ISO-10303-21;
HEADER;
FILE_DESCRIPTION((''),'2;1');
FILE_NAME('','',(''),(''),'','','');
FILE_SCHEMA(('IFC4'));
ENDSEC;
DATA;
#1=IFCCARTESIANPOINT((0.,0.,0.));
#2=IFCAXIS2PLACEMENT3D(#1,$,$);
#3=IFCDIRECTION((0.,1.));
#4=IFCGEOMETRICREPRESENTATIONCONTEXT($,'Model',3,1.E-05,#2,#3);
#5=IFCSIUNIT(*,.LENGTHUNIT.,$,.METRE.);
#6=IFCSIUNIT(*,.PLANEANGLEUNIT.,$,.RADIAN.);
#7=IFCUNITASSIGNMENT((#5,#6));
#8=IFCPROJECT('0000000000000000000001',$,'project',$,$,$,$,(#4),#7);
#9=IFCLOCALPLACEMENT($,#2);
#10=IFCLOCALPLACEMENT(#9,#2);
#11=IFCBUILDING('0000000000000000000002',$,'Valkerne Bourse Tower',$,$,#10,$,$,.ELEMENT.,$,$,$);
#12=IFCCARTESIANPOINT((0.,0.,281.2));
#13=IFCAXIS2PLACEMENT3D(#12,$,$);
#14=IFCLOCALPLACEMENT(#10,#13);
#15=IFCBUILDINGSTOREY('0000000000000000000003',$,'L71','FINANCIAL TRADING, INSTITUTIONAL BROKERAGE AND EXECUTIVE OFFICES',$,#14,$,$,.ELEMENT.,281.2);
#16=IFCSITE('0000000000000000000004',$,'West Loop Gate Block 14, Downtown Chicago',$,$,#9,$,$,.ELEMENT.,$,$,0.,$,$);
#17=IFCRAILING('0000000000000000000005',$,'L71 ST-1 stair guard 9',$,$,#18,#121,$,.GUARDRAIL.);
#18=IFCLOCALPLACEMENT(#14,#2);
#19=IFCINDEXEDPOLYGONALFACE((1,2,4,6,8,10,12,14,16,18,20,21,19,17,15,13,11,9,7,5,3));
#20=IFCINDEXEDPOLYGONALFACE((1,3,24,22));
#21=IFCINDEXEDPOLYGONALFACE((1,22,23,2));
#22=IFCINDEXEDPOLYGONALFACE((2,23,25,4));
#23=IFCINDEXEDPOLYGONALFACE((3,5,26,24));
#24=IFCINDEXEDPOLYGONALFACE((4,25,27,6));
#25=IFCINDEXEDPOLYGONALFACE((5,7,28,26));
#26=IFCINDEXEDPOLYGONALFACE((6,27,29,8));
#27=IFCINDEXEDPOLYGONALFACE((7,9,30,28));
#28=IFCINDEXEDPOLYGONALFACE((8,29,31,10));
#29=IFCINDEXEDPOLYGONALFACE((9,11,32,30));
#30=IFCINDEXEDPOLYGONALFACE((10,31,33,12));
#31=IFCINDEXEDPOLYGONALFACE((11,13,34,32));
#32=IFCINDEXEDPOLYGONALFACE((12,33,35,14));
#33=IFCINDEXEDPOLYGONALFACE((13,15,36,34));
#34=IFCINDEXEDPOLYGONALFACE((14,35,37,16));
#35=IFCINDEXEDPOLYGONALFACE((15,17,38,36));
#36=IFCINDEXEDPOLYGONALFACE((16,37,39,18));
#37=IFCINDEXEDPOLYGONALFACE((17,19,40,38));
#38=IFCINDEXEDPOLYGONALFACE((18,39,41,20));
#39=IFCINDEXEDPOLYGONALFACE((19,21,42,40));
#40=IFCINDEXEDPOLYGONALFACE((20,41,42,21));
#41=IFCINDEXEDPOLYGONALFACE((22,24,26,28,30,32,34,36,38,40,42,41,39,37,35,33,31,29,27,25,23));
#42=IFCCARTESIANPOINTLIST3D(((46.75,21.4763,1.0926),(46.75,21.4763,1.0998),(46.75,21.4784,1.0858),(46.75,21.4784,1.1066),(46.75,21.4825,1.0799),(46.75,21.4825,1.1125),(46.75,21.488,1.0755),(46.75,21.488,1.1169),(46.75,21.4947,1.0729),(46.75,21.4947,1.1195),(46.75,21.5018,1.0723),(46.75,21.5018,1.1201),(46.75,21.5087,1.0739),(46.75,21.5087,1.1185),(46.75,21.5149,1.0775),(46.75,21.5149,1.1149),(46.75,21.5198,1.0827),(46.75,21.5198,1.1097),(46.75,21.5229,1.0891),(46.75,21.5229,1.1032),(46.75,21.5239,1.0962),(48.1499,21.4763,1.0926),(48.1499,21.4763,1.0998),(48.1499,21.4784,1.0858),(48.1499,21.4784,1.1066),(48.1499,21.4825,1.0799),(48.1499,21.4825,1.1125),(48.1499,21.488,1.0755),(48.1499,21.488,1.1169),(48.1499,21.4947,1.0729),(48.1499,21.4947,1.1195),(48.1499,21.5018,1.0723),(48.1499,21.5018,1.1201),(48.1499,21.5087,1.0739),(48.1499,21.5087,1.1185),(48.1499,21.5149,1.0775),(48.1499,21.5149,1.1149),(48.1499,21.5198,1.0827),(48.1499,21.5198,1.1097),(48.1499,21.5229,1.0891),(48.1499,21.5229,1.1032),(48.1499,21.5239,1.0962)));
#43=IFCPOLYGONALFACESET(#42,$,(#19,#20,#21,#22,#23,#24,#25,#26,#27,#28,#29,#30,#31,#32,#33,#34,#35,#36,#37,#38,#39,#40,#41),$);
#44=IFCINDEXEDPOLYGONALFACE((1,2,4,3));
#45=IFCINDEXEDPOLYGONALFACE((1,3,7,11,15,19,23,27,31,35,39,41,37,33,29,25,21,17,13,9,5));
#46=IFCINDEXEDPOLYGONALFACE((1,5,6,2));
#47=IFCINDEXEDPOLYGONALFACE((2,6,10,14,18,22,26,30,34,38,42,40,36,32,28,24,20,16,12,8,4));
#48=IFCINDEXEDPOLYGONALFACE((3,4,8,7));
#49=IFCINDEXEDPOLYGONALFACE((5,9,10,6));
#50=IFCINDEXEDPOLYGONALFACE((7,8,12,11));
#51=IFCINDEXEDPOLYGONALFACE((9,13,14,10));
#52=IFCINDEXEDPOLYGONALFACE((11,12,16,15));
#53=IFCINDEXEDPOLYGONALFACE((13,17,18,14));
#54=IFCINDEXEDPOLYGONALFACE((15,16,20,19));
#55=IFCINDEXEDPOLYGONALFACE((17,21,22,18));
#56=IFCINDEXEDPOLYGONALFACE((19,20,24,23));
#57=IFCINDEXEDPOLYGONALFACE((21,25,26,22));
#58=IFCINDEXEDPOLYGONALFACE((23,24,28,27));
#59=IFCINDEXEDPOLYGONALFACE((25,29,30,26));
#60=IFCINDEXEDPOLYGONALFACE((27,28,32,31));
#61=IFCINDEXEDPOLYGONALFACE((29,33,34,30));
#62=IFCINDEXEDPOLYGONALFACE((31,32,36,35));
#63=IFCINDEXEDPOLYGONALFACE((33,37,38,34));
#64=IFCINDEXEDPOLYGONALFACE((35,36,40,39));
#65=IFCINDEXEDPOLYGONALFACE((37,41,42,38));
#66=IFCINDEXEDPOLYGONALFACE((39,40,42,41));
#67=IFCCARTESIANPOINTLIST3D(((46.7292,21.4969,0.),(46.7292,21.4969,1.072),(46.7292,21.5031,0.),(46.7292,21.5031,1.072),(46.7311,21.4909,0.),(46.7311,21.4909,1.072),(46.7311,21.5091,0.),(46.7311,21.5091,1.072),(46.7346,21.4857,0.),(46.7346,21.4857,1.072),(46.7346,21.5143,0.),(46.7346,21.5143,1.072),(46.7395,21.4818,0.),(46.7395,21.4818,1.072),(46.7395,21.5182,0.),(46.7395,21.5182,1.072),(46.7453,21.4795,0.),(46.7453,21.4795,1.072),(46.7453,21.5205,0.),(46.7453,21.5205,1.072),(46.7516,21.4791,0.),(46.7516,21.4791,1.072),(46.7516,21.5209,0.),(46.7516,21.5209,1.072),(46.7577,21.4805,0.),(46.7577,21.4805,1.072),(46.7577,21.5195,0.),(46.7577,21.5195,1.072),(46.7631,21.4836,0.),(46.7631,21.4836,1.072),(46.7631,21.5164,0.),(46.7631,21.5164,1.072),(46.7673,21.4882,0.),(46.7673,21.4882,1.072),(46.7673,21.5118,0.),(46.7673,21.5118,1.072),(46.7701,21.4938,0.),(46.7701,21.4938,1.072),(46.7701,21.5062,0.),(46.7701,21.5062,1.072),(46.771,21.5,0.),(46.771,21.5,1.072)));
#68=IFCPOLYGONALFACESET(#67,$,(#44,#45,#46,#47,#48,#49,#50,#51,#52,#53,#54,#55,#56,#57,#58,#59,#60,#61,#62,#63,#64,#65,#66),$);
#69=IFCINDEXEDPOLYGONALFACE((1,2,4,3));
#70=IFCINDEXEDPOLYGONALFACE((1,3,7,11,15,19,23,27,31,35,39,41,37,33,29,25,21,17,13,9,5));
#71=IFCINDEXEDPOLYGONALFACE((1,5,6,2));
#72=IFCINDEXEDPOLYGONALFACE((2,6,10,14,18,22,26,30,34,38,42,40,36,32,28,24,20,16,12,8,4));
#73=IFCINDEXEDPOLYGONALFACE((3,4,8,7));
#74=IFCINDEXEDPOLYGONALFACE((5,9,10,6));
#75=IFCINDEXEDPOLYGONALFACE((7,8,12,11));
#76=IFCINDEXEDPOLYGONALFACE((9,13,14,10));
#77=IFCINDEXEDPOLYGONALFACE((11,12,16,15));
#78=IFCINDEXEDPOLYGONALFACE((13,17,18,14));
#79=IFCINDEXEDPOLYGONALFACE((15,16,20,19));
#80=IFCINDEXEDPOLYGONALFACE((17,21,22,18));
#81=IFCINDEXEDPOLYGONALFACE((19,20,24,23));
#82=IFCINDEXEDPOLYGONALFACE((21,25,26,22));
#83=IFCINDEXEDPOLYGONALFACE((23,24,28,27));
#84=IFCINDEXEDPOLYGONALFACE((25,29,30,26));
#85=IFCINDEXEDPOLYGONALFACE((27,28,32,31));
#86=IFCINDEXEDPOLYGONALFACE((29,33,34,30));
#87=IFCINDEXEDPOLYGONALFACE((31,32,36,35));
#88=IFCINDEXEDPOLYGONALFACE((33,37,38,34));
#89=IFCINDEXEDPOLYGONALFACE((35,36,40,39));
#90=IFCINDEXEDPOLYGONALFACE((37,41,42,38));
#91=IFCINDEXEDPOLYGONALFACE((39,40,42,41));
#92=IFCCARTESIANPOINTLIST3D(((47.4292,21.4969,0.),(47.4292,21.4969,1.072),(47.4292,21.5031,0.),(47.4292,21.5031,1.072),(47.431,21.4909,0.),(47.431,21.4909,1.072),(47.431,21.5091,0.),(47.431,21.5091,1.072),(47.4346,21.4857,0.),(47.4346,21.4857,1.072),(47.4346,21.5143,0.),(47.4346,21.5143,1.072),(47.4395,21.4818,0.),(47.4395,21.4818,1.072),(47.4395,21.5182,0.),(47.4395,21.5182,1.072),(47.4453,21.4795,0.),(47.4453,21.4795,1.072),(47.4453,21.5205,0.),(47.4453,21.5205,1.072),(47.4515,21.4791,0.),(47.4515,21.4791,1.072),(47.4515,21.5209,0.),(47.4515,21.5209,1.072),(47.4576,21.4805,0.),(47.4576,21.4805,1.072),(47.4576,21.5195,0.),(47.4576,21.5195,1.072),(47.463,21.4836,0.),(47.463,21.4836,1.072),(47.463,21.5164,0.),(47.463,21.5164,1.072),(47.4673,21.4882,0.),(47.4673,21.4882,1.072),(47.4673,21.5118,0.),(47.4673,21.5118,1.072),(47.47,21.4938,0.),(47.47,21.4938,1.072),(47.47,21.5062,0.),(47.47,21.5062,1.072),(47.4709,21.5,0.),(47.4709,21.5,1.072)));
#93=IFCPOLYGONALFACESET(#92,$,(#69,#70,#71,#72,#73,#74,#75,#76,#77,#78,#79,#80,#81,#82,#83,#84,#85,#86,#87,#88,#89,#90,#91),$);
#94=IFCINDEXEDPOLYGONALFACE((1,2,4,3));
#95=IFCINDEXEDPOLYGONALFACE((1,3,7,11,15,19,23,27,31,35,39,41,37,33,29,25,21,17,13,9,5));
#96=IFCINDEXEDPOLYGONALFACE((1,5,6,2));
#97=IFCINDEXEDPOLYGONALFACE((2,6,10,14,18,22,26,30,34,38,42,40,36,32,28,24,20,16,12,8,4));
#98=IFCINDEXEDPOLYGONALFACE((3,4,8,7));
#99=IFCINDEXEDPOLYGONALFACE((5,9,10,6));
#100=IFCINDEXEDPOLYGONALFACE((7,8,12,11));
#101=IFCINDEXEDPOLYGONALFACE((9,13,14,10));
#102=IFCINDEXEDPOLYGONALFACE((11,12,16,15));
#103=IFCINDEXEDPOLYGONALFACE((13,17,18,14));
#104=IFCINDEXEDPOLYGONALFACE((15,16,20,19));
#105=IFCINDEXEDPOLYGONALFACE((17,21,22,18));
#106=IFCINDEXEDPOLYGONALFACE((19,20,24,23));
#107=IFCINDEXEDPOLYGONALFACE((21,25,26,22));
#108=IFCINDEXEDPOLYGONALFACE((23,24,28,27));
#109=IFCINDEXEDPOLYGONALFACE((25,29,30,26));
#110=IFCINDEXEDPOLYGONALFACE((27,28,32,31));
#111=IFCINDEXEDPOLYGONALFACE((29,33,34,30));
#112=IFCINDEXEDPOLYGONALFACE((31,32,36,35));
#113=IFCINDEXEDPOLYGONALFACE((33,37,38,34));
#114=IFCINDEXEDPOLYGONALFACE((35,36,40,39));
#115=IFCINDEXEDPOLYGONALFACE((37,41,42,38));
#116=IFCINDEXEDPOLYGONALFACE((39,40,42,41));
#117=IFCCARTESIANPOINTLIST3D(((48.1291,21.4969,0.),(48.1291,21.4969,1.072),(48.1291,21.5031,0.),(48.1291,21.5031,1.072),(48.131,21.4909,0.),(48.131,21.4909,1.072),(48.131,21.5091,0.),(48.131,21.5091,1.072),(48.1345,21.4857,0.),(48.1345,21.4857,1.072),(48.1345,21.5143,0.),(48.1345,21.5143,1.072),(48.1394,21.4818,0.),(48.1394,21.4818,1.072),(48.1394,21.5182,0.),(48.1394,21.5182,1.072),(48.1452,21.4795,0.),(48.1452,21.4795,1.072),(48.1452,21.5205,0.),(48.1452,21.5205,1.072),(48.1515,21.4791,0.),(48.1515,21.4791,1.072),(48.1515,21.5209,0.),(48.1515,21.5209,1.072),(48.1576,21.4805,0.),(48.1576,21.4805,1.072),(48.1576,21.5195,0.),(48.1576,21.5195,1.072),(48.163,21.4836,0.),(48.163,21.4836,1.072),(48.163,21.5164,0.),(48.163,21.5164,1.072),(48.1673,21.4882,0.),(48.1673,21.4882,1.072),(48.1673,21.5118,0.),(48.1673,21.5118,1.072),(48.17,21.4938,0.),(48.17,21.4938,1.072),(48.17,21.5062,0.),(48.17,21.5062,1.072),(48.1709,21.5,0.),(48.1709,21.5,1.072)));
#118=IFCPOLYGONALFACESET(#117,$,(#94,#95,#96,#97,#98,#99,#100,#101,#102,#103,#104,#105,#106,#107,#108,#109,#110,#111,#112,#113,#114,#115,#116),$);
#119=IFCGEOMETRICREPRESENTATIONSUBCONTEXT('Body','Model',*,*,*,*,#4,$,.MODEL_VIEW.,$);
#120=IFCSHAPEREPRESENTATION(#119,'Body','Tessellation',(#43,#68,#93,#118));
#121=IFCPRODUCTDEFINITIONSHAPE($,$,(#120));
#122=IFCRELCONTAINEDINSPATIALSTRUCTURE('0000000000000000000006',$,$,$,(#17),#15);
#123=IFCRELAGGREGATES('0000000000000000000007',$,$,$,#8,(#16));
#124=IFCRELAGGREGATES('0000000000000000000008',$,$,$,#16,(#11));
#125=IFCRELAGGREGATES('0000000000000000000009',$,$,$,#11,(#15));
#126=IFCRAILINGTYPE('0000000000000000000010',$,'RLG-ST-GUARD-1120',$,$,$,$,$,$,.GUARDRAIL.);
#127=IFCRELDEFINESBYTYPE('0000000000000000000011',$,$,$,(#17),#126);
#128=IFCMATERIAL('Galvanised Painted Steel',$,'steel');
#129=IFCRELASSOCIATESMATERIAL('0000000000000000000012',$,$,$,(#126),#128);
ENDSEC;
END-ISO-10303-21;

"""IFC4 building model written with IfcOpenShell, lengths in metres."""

from ifc_helpers import new_model, si_unit, direction, frame, origin, origin_2d, place, context, subcontext, project, spatial, circle, extrude, material, type_object, element, save


model = new_model("IFC4")

# Units and contexts
model_context = context("Model", 3, precision=1e-05, world=origin(), true_north=direction((0.0, 1.0)))
body_context = subcontext(model_context, "Body", "Model", "MODEL_VIEW")
ifc_project = project(units=[si_unit("LENGTHUNIT", "METRE"), si_unit("PLANEANGLEUNIT", "RADIAN")], contexts=[model_context])

# Site, building, storey
site_placement = place(None, origin())
site = spatial("IfcSite", under=ifc_project, at=site_placement, Name="West Loop Gate Block 14, Downtown Chicago", CompositionType="ELEMENT", RefElevation=0.0)
building_placement = place(site_placement, origin())
building = spatial("IfcBuilding", under=site, at=building_placement, Name="Valkerne Bourse Tower", CompositionType="ELEMENT")
storey_placement = place(building_placement, frame((0.0, 0.0, 281.2)))
storey = spatial("IfcBuildingStorey", under=building, at=storey_placement, Name="L71", Description="FINANCIAL TRADING, INSTITUTIONAL BROKERAGE AND EXECUTIVE OFFICES", CompositionType="ELEMENT", Elevation=281.2)

# Shared definitions
ifc_material_1 = material(Name="Galvanised Painted Steel", Category="steel")

# Railing
railing_type_1 = type_object("IfcRailingType", Name="RLG-ST-GUARD-1120", PredefinedType="GUARDRAIL", material=ifc_material_1)
for number, where, name in (
    (1, (46.75, 21.5, 0.0), "L71 ST-1 stair guard 9"),
):
    element("IfcRailing", number, at=place(storey_placement, frame(where)), inside=storey, type_object=railing_type_1, Name=name, PredefinedType="GUARDRAIL", context=body_context, shape_type="SweptSolid", body=[
        extrude(circle(Radius=0.0239, at=origin_2d()), frame((0.0, 0.0, 1.0962), z_axis=(1.0, 0.0, 0.0), x_axis=(0.0, 1.0, 0.0)), (0.0, 0.0, 1.0), 1.3999),
        extrude(circle(Radius=0.021, at=origin_2d()), origin(), (0.0, 0.0, 1.0), 1.072),
        extrude(circle(Radius=0.021, at=origin_2d()), frame((0.7, 0.0, 0.0)), (0.0, 0.0, 1.0), 1.072),
        extrude(circle(Radius=0.021, at=origin_2d()), frame((1.3999, 0.0, 0.0)), (0.0, 0.0, 1.0), 1.072),
    ])

save(model, "model.ifc")
